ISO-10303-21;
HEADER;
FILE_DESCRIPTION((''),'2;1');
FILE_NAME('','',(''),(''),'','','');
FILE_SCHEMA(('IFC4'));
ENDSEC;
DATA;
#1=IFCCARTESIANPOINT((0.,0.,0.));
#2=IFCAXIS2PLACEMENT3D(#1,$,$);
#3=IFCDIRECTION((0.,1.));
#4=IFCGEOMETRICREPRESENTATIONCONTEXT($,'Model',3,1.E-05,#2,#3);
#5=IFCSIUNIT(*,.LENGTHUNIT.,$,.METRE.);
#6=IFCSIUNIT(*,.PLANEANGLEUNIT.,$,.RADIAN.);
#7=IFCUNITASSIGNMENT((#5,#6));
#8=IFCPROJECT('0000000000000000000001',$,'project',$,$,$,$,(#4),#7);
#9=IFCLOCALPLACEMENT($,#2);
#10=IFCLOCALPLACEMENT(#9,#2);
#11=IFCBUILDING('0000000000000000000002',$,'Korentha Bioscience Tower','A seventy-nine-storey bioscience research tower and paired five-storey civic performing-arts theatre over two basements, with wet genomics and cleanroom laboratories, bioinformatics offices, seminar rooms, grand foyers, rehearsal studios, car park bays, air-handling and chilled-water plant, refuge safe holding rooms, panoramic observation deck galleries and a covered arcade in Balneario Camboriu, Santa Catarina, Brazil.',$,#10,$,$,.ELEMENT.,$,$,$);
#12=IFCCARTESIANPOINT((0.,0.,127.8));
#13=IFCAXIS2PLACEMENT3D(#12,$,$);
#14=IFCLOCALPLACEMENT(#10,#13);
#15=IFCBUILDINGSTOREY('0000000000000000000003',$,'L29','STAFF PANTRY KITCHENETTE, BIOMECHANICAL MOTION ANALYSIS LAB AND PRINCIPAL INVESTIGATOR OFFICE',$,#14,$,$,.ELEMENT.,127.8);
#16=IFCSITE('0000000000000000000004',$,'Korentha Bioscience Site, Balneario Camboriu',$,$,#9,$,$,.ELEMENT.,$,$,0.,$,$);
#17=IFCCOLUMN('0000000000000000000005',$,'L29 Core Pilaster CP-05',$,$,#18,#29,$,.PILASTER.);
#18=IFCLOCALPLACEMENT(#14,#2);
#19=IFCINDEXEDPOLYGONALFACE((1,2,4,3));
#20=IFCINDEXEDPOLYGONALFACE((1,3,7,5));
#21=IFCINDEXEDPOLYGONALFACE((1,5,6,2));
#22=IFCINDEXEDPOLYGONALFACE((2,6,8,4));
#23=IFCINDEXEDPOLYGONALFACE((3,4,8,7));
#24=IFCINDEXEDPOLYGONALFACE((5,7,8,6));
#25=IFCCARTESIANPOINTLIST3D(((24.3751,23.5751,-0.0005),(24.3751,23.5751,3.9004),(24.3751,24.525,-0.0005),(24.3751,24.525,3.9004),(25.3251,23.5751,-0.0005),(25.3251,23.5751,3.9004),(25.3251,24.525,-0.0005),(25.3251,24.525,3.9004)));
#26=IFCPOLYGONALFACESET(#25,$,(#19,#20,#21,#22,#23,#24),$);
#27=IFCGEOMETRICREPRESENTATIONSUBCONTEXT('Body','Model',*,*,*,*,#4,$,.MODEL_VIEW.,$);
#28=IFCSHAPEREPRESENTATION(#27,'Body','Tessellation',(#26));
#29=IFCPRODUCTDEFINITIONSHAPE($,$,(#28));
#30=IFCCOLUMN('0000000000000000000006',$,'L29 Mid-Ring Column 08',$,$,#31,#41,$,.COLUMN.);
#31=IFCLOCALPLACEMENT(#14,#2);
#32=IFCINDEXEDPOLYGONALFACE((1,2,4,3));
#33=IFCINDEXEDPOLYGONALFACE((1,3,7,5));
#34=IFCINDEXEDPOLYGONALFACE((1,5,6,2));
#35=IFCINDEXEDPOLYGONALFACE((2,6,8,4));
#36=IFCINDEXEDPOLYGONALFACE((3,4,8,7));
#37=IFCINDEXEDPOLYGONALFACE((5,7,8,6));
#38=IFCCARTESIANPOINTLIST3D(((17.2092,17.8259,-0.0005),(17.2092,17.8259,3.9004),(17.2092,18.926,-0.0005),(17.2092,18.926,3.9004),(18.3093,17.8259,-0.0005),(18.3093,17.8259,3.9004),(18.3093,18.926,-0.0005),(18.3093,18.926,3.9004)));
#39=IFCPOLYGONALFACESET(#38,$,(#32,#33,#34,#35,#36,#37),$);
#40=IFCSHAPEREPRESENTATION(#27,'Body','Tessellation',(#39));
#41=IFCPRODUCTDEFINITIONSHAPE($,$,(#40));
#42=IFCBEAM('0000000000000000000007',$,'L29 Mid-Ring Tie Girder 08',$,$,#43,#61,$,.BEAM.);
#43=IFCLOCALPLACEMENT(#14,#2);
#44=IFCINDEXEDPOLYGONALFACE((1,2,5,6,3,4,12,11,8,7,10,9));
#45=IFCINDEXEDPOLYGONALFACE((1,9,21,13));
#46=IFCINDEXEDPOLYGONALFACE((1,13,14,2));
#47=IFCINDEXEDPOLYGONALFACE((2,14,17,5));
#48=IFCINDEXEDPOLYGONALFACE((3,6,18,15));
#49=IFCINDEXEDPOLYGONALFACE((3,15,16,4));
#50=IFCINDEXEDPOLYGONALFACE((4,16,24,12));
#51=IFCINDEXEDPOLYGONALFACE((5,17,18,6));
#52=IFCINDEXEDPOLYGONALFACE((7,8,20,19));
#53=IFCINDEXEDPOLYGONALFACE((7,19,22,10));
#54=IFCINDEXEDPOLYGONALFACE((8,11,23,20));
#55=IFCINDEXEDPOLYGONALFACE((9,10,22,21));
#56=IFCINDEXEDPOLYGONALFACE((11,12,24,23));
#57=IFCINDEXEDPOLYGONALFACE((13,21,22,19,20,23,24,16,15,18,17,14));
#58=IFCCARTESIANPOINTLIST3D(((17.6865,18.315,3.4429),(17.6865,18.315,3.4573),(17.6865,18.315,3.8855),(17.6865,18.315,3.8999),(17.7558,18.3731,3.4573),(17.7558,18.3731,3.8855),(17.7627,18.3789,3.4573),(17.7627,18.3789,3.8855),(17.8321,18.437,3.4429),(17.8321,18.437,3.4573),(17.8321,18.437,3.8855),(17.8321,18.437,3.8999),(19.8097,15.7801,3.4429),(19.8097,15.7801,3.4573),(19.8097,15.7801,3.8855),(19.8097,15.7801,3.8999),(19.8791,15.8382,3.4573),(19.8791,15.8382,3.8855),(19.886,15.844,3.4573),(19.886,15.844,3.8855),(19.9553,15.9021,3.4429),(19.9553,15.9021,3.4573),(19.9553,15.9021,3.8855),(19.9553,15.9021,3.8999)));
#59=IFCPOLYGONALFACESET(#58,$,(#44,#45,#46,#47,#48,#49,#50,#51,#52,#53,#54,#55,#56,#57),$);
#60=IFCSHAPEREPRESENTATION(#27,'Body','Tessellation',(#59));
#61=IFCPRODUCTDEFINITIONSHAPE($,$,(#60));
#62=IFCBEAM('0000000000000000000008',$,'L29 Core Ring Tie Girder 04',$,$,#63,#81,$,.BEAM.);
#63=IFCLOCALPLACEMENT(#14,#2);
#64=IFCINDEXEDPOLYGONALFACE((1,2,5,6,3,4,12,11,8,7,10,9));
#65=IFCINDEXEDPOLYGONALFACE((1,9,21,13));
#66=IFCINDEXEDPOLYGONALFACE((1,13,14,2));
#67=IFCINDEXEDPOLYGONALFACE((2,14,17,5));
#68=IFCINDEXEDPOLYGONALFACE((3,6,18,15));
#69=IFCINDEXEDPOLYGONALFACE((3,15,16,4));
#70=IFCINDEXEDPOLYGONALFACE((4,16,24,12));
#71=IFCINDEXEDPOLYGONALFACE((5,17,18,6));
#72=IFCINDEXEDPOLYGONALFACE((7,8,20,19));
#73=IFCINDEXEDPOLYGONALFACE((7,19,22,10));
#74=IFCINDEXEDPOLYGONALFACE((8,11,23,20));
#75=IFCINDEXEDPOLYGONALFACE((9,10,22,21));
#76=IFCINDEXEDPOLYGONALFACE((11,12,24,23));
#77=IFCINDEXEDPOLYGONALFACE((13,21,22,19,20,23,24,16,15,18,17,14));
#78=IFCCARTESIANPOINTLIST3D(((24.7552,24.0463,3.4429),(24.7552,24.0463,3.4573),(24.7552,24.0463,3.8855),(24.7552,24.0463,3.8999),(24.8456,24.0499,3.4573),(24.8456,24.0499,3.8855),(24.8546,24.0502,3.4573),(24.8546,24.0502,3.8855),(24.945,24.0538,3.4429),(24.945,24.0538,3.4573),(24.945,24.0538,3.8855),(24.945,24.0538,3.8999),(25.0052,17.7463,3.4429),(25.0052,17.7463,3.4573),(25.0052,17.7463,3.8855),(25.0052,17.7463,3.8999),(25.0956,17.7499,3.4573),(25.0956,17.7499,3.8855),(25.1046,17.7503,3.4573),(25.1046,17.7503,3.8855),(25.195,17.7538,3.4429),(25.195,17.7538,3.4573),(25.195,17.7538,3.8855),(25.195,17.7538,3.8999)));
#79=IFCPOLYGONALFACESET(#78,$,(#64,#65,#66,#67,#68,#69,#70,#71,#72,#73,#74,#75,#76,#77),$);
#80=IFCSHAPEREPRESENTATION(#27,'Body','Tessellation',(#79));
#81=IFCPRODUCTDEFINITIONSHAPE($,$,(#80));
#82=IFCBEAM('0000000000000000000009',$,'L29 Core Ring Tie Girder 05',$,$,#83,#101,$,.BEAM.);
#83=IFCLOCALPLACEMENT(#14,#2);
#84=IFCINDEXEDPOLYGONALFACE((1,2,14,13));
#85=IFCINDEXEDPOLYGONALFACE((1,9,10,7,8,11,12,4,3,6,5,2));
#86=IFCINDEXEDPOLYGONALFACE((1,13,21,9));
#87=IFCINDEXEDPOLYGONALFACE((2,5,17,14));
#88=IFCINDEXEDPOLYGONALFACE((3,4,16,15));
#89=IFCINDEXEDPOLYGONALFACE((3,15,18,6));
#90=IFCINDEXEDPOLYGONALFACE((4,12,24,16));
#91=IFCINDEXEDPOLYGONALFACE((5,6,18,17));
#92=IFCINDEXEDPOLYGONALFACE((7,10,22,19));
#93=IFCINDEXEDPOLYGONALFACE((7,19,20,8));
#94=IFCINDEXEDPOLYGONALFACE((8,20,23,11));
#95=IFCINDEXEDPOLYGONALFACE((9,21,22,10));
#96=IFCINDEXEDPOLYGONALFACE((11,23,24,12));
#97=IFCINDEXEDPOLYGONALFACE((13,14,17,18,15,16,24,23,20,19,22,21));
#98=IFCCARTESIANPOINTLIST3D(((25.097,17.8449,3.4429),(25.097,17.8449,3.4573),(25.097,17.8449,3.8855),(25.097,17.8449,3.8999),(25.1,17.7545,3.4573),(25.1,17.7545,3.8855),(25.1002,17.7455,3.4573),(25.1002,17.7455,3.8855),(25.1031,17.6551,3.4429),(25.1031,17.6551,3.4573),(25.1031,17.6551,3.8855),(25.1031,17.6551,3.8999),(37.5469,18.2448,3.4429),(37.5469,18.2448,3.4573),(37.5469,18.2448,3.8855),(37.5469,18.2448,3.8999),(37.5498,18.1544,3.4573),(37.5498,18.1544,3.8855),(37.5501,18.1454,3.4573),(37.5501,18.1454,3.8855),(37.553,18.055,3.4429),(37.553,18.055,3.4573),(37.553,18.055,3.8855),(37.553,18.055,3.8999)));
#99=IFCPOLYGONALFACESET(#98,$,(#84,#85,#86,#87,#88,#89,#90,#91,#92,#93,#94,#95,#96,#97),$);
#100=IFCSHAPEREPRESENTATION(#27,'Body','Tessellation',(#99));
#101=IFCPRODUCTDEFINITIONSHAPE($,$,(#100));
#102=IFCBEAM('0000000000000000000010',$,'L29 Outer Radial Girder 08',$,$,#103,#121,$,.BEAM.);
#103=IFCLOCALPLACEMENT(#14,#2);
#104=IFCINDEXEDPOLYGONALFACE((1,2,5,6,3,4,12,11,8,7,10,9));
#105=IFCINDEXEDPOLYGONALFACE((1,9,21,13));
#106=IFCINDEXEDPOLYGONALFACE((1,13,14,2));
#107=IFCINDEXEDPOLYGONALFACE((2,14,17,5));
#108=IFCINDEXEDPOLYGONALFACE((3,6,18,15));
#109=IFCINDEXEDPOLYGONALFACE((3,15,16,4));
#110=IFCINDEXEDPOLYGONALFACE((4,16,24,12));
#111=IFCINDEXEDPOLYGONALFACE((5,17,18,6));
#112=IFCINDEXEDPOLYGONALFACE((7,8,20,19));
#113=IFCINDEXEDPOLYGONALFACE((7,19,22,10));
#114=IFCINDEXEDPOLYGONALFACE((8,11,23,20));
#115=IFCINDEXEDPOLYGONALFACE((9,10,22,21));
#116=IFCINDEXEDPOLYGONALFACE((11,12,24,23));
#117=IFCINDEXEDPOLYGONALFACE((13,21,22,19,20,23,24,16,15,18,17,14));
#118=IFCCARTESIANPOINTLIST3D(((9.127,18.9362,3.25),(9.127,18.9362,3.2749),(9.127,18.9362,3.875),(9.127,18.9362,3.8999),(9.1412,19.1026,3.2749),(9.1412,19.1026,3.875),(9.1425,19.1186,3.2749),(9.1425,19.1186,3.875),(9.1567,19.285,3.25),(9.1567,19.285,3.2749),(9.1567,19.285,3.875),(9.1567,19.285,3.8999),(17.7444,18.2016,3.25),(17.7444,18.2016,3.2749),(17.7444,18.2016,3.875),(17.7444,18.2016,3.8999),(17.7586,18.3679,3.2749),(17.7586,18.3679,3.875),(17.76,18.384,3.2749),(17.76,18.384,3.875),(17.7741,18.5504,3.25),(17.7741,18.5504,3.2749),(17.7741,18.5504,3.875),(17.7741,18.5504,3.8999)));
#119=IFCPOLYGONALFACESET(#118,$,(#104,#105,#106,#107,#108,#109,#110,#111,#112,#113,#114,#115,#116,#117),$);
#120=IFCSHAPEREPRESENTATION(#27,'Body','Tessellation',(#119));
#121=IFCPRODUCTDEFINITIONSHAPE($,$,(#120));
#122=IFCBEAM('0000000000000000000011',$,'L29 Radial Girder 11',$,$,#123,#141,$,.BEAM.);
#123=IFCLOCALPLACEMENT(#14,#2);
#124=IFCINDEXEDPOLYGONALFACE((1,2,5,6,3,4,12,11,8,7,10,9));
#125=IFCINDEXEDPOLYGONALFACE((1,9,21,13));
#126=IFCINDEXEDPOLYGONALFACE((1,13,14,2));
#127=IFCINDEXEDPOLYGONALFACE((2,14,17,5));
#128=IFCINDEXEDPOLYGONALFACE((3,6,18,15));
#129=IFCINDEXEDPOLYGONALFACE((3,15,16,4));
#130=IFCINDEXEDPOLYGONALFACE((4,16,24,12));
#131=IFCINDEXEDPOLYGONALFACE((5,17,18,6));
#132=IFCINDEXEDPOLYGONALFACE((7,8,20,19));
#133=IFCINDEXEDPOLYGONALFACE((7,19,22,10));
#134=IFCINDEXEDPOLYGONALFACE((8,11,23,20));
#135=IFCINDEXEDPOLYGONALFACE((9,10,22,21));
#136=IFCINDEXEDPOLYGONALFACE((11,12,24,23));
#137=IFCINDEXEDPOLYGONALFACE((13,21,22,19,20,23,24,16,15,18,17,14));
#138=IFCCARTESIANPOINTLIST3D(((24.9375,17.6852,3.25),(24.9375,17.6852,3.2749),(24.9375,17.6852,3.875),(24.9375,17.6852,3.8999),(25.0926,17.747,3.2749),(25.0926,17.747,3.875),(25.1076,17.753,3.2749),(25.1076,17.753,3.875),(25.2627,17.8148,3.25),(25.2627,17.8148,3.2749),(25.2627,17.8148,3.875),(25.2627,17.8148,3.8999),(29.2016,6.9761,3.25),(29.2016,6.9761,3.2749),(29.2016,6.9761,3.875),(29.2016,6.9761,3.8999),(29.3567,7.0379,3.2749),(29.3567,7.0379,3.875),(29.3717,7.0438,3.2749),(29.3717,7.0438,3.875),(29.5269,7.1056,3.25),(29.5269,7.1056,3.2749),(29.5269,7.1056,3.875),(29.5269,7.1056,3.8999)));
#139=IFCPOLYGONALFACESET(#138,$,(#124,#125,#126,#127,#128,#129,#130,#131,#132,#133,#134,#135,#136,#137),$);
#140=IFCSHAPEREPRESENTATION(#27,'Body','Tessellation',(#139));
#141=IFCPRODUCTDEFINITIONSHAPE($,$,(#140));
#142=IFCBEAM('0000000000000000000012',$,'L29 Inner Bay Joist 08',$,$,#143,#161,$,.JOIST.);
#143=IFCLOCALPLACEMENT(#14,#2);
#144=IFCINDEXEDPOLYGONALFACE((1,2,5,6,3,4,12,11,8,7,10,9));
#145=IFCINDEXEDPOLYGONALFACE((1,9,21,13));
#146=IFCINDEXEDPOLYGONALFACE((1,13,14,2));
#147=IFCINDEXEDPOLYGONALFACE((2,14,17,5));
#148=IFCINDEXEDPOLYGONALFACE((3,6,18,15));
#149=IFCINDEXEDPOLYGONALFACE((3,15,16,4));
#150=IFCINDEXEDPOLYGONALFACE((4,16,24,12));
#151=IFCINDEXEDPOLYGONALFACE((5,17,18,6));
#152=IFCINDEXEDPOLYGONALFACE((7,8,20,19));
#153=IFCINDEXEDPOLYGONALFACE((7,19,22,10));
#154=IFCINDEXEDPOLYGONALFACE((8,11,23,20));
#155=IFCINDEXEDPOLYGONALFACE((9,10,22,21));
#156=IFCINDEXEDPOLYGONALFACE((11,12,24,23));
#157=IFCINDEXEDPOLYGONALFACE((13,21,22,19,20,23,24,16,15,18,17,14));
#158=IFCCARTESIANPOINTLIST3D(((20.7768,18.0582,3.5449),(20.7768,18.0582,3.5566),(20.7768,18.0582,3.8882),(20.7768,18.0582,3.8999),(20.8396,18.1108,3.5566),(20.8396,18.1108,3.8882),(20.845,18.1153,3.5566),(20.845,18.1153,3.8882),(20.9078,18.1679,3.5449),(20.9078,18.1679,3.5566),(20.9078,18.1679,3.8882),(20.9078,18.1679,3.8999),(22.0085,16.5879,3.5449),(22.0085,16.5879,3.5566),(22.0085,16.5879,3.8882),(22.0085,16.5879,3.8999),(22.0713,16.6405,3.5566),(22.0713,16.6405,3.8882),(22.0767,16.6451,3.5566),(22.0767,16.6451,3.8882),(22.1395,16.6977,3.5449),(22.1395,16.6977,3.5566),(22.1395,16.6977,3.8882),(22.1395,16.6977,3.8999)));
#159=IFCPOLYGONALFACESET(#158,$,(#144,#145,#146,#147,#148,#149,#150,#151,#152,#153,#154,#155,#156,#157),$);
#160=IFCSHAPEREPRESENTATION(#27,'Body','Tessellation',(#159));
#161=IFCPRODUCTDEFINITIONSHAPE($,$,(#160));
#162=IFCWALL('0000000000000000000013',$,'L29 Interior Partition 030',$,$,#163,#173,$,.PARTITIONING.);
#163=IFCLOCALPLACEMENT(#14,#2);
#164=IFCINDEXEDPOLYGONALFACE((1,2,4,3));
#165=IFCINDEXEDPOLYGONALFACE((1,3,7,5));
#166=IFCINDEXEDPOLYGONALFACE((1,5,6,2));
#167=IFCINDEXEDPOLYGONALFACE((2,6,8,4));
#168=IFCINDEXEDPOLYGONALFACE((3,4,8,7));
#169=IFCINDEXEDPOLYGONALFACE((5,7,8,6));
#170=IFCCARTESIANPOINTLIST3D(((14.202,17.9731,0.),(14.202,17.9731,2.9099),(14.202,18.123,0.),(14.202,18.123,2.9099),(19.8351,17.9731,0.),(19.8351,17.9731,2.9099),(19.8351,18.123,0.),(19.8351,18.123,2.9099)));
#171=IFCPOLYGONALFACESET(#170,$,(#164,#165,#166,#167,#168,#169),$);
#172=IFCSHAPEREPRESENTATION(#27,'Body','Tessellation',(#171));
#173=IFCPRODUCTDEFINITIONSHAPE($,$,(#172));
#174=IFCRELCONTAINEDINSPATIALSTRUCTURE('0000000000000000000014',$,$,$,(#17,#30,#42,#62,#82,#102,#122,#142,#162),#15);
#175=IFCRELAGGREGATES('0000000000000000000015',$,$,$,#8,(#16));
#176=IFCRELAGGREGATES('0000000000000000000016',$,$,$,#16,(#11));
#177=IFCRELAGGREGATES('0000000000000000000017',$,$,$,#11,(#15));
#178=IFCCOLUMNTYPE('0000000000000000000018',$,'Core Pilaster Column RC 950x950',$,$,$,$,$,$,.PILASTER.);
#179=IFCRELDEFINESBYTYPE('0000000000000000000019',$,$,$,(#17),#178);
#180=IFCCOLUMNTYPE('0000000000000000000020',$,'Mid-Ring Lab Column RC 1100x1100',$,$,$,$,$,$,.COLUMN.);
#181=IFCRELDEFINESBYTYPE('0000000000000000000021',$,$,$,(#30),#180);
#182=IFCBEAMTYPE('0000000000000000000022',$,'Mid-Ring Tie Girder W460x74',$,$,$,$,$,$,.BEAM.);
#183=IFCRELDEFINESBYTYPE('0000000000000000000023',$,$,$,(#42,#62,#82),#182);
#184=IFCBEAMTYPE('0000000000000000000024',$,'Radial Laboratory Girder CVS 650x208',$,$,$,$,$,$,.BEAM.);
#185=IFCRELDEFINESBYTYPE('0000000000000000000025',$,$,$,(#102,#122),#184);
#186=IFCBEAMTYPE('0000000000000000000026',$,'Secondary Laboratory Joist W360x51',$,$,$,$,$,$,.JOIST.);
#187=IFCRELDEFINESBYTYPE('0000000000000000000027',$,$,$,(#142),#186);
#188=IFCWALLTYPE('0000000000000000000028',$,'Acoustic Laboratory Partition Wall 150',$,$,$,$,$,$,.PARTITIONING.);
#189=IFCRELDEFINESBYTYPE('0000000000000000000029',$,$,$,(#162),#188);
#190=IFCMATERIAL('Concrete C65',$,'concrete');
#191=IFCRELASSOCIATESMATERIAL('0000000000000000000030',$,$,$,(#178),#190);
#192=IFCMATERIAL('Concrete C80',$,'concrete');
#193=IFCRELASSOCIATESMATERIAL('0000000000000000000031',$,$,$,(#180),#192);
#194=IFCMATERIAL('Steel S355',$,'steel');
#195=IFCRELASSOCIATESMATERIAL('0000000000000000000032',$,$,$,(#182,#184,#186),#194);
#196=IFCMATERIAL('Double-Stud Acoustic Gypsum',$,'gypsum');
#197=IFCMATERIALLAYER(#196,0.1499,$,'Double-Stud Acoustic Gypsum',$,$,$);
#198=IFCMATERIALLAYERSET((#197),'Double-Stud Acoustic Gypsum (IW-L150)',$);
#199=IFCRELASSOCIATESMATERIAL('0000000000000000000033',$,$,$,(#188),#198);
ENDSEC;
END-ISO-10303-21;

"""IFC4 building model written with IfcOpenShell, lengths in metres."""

from ifc_helpers import new_model, si_unit, direction, frame, frame_2d, origin, origin_2d, place, context, subcontext, project, spatial, rectangle, i_section, extrude, material, layer, layer_set, material_profile, profile_set, type_object, element, save


model = new_model("IFC4")

# Units and contexts
model_context = context("Model", 3, precision=1e-05, world=origin(), true_north=direction((0.0, 1.0)))
body_context = subcontext(model_context, "Body", "Model", "MODEL_VIEW")
ifc_project = project(units=[si_unit("LENGTHUNIT", "METRE"), si_unit("PLANEANGLEUNIT", "RADIAN")], contexts=[model_context])

# Site, building, storey
site_placement = place(None, origin())
site = spatial("IfcSite", under=ifc_project, at=site_placement, Name="Korentha Bioscience Site, Balneario Camboriu", CompositionType="ELEMENT", RefElevation=0.0)
building_placement = place(site_placement, origin())
building = spatial("IfcBuilding", under=site, at=building_placement, Name="Korentha Bioscience Tower", Description="A seventy-nine-storey bioscience research tower and paired five-storey civic performing-arts theatre over two basements, with wet genomics and cleanroom laboratories, bioinformatics offices, seminar rooms, grand foyers, rehearsal studios, car park bays, air-handling and chilled-water plant, refuge safe holding rooms, panoramic observation deck galleries and a covered arcade in Balneario Camboriu, Santa Catarina, Brazil.", CompositionType="ELEMENT")
storey_placement = place(building_placement, frame((0.0, 0.0, 127.8)))
storey = spatial("IfcBuildingStorey", under=building, at=storey_placement, Name="L29", Description="STAFF PANTRY KITCHENETTE, BIOMECHANICAL MOTION ANALYSIS LAB AND PRINCIPAL INVESTIGATOR OFFICE", CompositionType="ELEMENT", Elevation=127.8)

# Columns
ifc_material_1 = material(Name="Concrete C65", Category="concrete")
ifc_material_profile_1 = material_profile(ifc_material_1, rectangle(XDim=0.95, YDim=0.95, at=origin_2d()), Name="Concrete C65")
ifc_profile_set_1 = profile_set([ifc_material_profile_1], Name="Concrete C65 (COL-CP09)")
column_type_1 = type_object("IfcColumnType", Name="Core Pilaster Column RC 950x950", PredefinedType="PILASTER", material=ifc_profile_set_1)
column_1_placement = place(storey_placement, frame((24.8501, 24.05, -0.0005), z_axis=(0.0, 0.0, 1.0), x_axis=(1.0, 0.0, 0.0)))
element("IfcColumn", 1, at=column_1_placement, inside=storey, type_object=column_type_1, Name="L29 Core Pilaster CP-05", PredefinedType="PILASTER", context=body_context, shape_type="SweptSolid", body=[
    extrude(rectangle(XDim=0.95, YDim=0.95, at=origin_2d()), origin(), (0.0, 0.0, 1.0), 3.9009),
])
ifc_material_2 = material(Name="Concrete C80", Category="concrete")
ifc_material_profile_2 = material_profile(ifc_material_2, rectangle(XDim=1.1001, YDim=1.1001, at=origin_2d()), Name="Concrete C80")
ifc_profile_set_2 = profile_set([ifc_material_profile_2], Name="Concrete C80 (COL-MR11)")
column_type_2 = type_object("IfcColumnType", Name="Mid-Ring Lab Column RC 1100x1100", PredefinedType="COLUMN", material=ifc_profile_set_2)
column_2_placement = place(storey_placement, frame((17.7593, 18.376, -0.0005), z_axis=(0.0, 0.0, 1.0), x_axis=(1.0, 0.0, 0.0)))
element("IfcColumn", 2, at=column_2_placement, inside=storey, type_object=column_type_2, Name="L29 Mid-Ring Column 08", PredefinedType="COLUMN", context=body_context, shape_type="SweptSolid", body=[
    extrude(rectangle(XDim=1.1001, YDim=1.1001, at=origin_2d()), origin(), (0.0, 0.0, 1.0), 3.9009),
])

# Beams
ifc_material_3 = material(Name="Steel S355", Category="steel")
ifc_material_profile_3 = material_profile(ifc_material_3, i_section(OverallWidth=0.1899, OverallDepth=0.457, WebThickness=0.009, FlangeThickness=0.0144, at=origin_2d()), Name="Steel S355")
ifc_profile_set_3 = profile_set([ifc_material_profile_3], Name="Steel S355 (MB-460)")
beam_type_1 = type_object("IfcBeamType", Name="Mid-Ring Tie Girder W460x74", PredefinedType="BEAM", material=ifc_profile_set_3)
beam_1_placement = place(storey_placement, frame((17.7593, 18.376, 3.6714), z_axis=(0.642121, -0.766603, 0.0), x_axis=(0.766603, 0.642121, 0.0)))
element("IfcBeam", 3, at=beam_1_placement, inside=storey, type_object=beam_type_1, Name="L29 Mid-Ring Tie Girder 08", PredefinedType="BEAM", context=body_context, shape_type="SweptSolid", body=[
    extrude(i_section(OverallWidth=0.1899, OverallDepth=0.457, WebThickness=0.009, FlangeThickness=0.0144, at=origin_2d()), origin(), (0.0, 0.0, 1.0), 3.3066),
])
beam_2_placement = place(storey_placement, frame((24.8501, 24.05, 3.6714), z_axis=(0.039651, -0.999214, 0.0), x_axis=(0.999214, 0.039651, 0.0)))
element("IfcBeam", 4, at=beam_2_placement, inside=storey, type_object=beam_type_1, Name="L29 Core Ring Tie Girder 04", PredefinedType="BEAM", context=body_context, shape_type="SweptSolid", body=[
    extrude(i_section(OverallWidth=0.1899, OverallDepth=0.457, WebThickness=0.009, FlangeThickness=0.0144, at=origin_2d()), origin(), (0.0, 0.0, 1.0), 6.3049),
])
beam_3_placement = place(storey_placement, frame((25.1001, 17.75, 3.6714), z_axis=(0.999485, 0.032104, 0.0), x_axis=(-0.032104, 0.999485, 0.0)))
element("IfcBeam", 5, at=beam_3_placement, inside=storey, type_object=beam_type_1, Name="L29 Core Ring Tie Girder 05", PredefinedType="BEAM", context=body_context, shape_type="SweptSolid", body=[
    extrude(i_section(OverallWidth=0.1899, OverallDepth=0.457, WebThickness=0.009, FlangeThickness=0.0144, at=origin_2d()), origin(), (0.0, 0.0, 1.0), 12.4563),
])
ifc_material_profile_4 = material_profile(ifc_material_3, i_section(OverallWidth=0.3501, OverallDepth=0.6499, WebThickness=0.0161, FlangeThickness=0.0249, at=origin_2d()), Name="Steel S355")
ifc_profile_set_4 = profile_set([ifc_material_profile_4], Name="Steel S355 (RB-650)")
beam_type_2 = type_object("IfcBeamType", Name="Radial Laboratory Girder CVS 650x208", PredefinedType="BEAM", material=ifc_profile_set_4)
beam_4_placement = place(storey_placement, frame((17.7593, 18.376, 3.575), z_axis=(-0.996386, 0.08494, 0.0), x_axis=(-0.08494, -0.996386, 0.0)))
element("IfcBeam", 6, at=beam_4_placement, inside=storey, type_object=beam_type_2, Name="L29 Outer Radial Girder 08", PredefinedType="BEAM", context=body_context, shape_type="SweptSolid", body=[
    extrude(i_section(OverallWidth=0.3501, OverallDepth=0.6499, WebThickness=0.0161, FlangeThickness=0.0249, at=origin_2d()), origin(), (0.0, 0.0, 1.0), 8.6487),
])
beam_5_placement = place(storey_placement, frame((25.1001, 17.75, 3.575), z_axis=(0.36993, -0.92906, 0.0), x_axis=(0.92906, 0.36993, 0.0)))
element("IfcBeam", 7, at=beam_5_placement, inside=storey, type_object=beam_type_2, Name="L29 Radial Girder 11", PredefinedType="BEAM", context=body_context, shape_type="SweptSolid", body=[
    extrude(i_section(OverallWidth=0.3501, OverallDepth=0.6499, WebThickness=0.0161, FlangeThickness=0.0249, at=origin_2d()), origin(), (0.0, 0.0, 1.0), 11.5269),
])
ifc_material_profile_5 = material_profile(ifc_material_3, i_section(OverallWidth=0.1709, OverallDepth=0.355, WebThickness=0.0071, FlangeThickness=0.0117, at=origin_2d()), Name="Steel S355")
ifc_profile_set_5 = profile_set([ifc_material_profile_5], Name="Steel S355 (JB-360)")
beam_type_3 = type_object("IfcBeamType", Name="Secondary Laboratory Joist W360x51", PredefinedType="JOIST", material=ifc_profile_set_5)
beam_6_placement = place(storey_placement, frame((20.8423, 18.113, 3.7224), z_axis=(0.642185, -0.766549, 0.0), x_axis=(0.766549, 0.642185, 0.0)))
element("IfcBeam", 8, at=beam_6_placement, inside=storey, type_object=beam_type_3, Name="L29 Inner Bay Joist 08", PredefinedType="JOIST", context=body_context, shape_type="SweptSolid", body=[
    extrude(i_section(OverallWidth=0.1709, OverallDepth=0.355, WebThickness=0.0071, FlangeThickness=0.0117, at=origin_2d()), origin(), (0.0, 0.0, 1.0), 1.918),
])

# Wall
ifc_material_4 = material(Name="Double-Stud Acoustic Gypsum", Category="gypsum")
ifc_layer_1 = layer(ifc_material_4, 0.1499, Name="Double-Stud Acoustic Gypsum")
ifc_layer_set_1 = layer_set([ifc_layer_1], Name="Double-Stud Acoustic Gypsum (IW-L150)")
wall_type_1 = type_object("IfcWallType", Name="Acoustic Laboratory Partition Wall 150", PredefinedType="PARTITIONING", material=ifc_layer_set_1)
wall_1_placement = place(storey_placement, frame((14.2021, 18.0481, 0.0), z_axis=(0.0, 0.0, 1.0), x_axis=(1.0, 0.0, 0.0)))
element("IfcWall", 9, at=wall_1_placement, inside=storey, type_object=wall_type_1, Name="L29 Interior Partition 030", PredefinedType="PARTITIONING", context=body_context, shape_type="SweptSolid", body=[
    extrude(rectangle(XDim=5.6331, YDim=0.1499, at=frame_2d((2.8164, 0.0))), origin(), (0.0, 0.0, 1.0), 2.9099),
])

save(model, "model.ifc")
